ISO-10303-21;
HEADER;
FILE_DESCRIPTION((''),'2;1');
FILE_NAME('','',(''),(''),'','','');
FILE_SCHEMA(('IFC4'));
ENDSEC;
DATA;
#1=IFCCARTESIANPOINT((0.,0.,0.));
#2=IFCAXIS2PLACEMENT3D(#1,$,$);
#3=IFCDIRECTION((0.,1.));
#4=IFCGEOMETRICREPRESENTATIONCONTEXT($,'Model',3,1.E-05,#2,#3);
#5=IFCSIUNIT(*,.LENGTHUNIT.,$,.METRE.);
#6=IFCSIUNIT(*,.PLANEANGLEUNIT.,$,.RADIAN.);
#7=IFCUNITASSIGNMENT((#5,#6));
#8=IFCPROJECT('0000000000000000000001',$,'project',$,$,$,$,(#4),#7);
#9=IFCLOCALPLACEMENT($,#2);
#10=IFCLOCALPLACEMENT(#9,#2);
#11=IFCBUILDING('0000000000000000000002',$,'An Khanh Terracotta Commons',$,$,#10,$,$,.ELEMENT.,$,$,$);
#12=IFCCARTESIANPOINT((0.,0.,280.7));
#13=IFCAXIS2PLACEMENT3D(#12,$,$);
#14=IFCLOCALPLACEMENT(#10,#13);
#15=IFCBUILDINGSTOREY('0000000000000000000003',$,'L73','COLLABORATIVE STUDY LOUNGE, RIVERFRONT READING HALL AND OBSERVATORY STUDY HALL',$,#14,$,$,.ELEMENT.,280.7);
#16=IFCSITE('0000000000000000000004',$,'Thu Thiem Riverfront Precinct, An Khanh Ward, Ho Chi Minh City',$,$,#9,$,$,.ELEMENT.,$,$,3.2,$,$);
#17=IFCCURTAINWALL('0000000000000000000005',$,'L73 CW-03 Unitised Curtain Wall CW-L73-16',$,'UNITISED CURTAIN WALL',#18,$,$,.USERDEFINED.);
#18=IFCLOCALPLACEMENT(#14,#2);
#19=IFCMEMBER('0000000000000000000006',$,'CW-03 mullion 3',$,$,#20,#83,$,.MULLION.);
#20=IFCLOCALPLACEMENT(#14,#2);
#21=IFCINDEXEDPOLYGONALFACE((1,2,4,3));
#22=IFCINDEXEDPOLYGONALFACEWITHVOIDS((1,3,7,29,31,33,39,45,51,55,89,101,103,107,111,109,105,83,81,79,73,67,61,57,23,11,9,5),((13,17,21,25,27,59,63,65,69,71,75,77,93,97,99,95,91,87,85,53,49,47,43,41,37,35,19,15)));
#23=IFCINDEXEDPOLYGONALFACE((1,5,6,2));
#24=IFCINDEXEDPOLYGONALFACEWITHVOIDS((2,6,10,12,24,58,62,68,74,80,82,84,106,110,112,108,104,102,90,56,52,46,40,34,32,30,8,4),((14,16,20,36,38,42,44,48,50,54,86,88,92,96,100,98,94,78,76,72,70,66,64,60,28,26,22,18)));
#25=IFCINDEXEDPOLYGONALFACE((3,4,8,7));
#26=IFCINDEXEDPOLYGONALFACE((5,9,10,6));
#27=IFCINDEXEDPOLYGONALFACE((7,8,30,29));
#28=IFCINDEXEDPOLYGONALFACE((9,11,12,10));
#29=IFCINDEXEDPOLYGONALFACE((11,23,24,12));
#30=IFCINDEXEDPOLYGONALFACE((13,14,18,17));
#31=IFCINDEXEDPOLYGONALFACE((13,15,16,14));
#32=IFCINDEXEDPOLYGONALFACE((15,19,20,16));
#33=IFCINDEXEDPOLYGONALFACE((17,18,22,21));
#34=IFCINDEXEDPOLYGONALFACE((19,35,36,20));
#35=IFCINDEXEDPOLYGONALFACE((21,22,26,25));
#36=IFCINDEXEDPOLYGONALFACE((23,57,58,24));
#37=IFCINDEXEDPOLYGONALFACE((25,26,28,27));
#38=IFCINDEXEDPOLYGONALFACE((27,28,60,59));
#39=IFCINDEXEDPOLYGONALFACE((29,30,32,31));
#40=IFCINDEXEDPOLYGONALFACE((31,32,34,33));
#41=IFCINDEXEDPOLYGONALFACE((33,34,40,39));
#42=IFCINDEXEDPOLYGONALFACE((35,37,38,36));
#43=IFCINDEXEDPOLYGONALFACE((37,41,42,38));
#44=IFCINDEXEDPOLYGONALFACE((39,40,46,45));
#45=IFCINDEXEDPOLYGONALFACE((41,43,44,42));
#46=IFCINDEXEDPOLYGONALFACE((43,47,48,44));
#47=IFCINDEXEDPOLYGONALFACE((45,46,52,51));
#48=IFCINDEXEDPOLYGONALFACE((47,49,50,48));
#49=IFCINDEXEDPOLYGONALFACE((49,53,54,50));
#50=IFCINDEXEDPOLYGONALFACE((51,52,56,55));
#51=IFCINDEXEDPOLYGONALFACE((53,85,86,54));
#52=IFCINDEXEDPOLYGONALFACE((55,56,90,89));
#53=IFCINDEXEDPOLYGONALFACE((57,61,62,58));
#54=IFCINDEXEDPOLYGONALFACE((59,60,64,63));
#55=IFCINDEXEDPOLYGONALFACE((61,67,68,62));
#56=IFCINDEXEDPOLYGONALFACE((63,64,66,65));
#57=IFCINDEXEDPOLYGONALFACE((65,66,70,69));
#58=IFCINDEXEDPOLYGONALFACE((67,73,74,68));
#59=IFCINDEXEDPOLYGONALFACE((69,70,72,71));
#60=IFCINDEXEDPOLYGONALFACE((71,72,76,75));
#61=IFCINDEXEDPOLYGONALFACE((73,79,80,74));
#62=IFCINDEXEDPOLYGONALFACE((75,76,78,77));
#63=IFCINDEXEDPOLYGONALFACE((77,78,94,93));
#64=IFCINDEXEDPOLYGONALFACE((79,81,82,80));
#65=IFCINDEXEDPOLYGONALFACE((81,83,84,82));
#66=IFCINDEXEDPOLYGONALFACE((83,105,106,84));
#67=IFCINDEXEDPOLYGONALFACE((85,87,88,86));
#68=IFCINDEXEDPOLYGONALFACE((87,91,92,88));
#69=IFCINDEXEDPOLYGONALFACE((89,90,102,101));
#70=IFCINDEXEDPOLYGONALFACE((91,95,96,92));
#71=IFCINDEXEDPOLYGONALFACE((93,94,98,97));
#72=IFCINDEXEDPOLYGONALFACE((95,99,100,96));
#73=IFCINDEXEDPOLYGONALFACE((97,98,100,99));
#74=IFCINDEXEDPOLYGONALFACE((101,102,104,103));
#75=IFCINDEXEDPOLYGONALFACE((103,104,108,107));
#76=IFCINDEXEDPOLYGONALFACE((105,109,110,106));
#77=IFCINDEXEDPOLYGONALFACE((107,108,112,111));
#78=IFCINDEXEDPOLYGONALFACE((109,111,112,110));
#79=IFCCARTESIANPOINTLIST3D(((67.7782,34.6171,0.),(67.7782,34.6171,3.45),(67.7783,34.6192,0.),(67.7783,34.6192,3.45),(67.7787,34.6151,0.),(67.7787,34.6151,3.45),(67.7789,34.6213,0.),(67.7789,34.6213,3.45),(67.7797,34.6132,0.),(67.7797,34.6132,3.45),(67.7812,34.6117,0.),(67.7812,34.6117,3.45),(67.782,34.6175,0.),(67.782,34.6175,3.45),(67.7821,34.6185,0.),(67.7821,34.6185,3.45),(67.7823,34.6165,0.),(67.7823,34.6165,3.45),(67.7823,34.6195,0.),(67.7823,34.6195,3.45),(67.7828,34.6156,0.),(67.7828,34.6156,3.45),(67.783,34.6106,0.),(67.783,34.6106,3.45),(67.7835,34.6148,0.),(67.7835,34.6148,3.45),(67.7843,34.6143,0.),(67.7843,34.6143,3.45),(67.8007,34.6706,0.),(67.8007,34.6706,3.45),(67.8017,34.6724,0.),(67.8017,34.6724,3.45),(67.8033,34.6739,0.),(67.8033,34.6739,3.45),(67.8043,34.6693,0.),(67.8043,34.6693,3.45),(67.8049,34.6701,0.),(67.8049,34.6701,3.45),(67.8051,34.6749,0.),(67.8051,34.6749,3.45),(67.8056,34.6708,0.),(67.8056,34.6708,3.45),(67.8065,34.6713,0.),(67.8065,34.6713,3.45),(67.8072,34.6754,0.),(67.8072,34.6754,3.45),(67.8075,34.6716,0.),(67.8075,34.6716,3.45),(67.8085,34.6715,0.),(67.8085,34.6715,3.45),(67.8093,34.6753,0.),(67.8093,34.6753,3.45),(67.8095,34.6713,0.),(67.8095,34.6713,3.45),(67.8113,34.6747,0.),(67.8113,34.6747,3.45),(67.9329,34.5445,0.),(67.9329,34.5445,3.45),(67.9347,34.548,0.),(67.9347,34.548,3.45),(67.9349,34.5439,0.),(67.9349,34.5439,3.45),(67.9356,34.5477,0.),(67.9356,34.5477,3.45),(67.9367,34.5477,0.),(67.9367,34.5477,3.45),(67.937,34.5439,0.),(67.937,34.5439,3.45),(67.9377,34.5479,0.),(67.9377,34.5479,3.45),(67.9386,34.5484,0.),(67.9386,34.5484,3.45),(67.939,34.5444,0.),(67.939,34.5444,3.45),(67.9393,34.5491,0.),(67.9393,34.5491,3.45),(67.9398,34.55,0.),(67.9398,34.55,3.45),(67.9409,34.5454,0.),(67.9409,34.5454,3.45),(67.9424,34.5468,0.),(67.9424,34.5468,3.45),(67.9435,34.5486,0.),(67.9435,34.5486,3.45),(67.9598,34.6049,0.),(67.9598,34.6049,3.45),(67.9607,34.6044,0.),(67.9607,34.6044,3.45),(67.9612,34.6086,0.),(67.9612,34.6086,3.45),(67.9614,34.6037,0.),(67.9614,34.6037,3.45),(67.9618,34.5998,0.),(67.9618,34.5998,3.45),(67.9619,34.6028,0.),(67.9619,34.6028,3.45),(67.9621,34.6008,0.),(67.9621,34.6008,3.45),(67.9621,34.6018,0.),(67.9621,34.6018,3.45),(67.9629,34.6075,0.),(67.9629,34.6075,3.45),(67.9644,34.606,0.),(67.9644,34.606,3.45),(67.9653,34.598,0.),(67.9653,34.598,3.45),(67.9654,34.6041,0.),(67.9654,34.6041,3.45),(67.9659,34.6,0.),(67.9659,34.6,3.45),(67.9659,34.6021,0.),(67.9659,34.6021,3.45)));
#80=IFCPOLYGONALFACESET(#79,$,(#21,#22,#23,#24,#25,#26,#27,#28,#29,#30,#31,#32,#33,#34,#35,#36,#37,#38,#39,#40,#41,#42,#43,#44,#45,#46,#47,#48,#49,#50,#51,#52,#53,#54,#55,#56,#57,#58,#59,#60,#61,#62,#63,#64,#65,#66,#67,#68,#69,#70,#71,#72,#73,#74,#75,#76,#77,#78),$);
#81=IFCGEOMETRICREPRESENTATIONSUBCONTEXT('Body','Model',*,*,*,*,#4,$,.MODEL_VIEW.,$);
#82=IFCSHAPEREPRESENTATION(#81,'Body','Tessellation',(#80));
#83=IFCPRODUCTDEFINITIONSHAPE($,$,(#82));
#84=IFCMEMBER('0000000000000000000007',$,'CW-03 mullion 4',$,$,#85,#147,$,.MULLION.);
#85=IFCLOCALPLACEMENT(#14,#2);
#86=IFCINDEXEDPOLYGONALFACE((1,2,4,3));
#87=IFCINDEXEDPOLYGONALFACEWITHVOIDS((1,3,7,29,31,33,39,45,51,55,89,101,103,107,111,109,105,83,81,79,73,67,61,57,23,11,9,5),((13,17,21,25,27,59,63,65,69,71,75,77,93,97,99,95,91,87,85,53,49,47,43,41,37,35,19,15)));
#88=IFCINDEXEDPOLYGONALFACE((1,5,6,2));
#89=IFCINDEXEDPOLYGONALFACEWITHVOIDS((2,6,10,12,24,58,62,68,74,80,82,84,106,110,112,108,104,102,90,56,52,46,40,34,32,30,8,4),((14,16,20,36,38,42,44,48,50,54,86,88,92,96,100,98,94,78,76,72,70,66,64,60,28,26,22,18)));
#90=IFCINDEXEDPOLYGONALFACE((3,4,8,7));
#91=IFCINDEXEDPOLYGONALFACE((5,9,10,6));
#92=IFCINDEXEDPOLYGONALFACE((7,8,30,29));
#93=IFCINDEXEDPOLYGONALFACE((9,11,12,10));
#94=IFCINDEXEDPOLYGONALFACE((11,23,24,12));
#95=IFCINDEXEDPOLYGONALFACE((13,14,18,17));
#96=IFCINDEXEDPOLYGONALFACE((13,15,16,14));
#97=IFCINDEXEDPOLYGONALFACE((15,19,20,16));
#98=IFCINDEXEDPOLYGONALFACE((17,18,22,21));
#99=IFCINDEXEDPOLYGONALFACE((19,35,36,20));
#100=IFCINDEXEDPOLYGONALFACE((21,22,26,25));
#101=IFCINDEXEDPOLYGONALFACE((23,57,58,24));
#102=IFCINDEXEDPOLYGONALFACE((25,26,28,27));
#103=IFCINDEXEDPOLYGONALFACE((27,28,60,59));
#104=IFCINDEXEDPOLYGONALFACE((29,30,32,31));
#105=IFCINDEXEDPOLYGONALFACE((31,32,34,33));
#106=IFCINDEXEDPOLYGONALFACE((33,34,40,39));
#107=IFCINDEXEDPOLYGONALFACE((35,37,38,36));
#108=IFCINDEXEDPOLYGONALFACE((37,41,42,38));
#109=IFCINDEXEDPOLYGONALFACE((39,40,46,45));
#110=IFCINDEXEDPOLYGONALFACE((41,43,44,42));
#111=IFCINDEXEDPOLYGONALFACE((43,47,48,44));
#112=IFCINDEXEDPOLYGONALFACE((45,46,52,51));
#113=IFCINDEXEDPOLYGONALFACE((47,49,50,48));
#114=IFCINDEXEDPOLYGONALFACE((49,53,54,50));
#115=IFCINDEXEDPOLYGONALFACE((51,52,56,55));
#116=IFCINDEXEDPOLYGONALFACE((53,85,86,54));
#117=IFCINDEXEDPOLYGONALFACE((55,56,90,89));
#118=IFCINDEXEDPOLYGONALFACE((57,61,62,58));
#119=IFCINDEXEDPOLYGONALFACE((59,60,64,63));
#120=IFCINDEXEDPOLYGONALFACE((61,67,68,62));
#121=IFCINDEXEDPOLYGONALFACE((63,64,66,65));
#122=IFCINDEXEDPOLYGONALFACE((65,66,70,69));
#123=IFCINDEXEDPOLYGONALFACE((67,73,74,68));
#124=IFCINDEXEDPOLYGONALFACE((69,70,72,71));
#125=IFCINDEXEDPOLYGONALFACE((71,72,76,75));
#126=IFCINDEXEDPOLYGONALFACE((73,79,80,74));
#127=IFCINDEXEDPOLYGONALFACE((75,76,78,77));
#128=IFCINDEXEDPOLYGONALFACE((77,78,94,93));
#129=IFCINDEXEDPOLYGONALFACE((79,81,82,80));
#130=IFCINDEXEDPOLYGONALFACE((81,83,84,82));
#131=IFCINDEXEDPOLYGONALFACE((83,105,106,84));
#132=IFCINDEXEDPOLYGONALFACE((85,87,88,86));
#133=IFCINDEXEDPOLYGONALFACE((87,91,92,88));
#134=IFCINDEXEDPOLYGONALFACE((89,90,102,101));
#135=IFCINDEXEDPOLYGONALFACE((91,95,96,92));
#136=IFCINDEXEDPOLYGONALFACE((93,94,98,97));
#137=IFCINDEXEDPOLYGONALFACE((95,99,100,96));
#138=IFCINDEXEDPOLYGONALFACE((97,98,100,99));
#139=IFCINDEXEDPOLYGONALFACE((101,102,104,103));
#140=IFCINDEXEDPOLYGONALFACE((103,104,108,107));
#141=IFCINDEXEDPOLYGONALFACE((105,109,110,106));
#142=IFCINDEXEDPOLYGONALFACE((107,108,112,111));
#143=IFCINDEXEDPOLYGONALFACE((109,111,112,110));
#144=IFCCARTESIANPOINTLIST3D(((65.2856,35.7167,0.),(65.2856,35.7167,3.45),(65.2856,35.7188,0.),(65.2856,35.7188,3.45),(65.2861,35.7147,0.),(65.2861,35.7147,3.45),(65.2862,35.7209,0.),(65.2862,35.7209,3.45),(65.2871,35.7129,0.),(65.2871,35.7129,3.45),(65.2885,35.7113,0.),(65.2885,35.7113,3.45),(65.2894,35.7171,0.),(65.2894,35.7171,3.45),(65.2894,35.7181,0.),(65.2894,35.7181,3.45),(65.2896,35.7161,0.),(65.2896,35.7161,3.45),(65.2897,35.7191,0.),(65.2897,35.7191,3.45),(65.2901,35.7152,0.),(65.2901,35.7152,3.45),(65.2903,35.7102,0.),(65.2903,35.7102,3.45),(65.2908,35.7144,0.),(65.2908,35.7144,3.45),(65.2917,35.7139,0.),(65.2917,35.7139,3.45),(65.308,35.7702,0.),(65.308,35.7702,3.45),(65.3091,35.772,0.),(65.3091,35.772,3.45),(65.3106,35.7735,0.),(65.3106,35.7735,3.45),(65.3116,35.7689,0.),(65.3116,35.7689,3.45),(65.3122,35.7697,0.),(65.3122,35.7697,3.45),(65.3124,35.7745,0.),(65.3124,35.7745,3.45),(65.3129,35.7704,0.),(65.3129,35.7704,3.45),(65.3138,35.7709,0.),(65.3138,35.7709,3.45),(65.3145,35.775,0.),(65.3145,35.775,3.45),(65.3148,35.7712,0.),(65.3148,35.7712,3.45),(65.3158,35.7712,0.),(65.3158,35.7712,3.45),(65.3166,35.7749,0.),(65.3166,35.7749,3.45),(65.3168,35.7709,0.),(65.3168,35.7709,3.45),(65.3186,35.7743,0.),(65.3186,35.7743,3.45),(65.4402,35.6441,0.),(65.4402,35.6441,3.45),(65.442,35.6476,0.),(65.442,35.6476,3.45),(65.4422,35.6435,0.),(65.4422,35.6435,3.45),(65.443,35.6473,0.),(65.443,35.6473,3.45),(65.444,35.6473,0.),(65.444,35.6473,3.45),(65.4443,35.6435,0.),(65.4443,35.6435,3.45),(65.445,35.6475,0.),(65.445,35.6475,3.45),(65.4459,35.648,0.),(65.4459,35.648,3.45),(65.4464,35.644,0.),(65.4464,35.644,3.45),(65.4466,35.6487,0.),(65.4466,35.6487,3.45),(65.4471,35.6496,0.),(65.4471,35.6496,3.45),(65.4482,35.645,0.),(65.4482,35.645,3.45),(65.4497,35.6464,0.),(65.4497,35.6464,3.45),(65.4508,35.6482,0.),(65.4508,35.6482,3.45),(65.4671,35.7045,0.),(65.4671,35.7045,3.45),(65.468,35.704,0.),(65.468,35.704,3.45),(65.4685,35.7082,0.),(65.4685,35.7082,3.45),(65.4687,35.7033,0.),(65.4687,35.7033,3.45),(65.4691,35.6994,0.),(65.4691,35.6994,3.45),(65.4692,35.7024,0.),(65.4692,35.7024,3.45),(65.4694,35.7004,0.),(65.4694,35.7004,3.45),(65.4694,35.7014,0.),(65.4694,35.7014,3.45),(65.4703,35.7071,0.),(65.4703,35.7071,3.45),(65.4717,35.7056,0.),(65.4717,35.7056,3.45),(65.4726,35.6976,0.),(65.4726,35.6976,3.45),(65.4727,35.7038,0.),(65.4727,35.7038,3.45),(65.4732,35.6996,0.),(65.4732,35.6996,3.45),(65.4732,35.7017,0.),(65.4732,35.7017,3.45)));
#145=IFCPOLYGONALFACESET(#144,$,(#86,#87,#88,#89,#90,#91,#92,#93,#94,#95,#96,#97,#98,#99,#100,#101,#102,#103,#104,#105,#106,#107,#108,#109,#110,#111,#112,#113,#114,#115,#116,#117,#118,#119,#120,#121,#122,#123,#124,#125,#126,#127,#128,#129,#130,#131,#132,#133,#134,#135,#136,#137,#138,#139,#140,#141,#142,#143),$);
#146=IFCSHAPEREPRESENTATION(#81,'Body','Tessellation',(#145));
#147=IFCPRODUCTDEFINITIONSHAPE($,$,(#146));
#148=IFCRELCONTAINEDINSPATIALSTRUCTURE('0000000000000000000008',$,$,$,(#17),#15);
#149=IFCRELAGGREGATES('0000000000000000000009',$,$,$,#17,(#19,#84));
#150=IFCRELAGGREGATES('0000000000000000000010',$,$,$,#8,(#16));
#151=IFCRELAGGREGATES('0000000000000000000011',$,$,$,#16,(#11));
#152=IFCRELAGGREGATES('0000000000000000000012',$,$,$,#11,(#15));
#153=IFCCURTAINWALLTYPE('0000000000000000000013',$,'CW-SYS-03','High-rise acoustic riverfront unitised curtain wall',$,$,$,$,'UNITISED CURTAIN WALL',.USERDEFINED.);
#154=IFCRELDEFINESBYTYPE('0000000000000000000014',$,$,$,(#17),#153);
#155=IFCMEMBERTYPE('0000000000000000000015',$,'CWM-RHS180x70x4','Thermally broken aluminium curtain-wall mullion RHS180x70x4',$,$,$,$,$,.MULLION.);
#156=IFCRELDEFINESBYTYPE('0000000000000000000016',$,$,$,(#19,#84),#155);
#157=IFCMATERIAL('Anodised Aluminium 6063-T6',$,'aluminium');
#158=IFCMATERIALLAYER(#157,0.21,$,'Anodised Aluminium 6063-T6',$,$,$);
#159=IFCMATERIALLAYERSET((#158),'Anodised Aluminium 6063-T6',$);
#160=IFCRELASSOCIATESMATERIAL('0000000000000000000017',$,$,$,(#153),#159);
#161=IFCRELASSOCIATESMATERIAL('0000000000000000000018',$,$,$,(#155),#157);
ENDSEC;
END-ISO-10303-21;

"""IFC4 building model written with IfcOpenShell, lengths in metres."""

from ifc_helpers import new_model, si_unit, direction, frame, origin, origin_2d, place, context, subcontext, project, spatial, hollow_rectangle, extrude, material, layer, layer_set, material_profile, profile_set, type_object, element, aggregate, save


model = new_model("IFC4")

# Units and contexts
model_context = context("Model", 3, precision=1e-05, world=origin(), true_north=direction((0.0, 1.0)))
body_context = subcontext(model_context, "Body", "Model", "MODEL_VIEW")
ifc_project = project(units=[si_unit("LENGTHUNIT", "METRE"), si_unit("PLANEANGLEUNIT", "RADIAN")], contexts=[model_context])

# Site, building, storey
site_placement = place(None, origin())
site = spatial("IfcSite", under=ifc_project, at=site_placement, Name="Thu Thiem Riverfront Precinct, An Khanh Ward, Ho Chi Minh City", CompositionType="ELEMENT", RefElevation=3.2)
building_placement = place(site_placement, origin())
building = spatial("IfcBuilding", under=site, at=building_placement, Name="An Khanh Terracotta Commons", CompositionType="ELEMENT")
storey_placement = place(building_placement, frame((0.0, 0.0, 280.7)))
storey = spatial("IfcBuildingStorey", under=building, at=storey_placement, Name="L73", Description="COLLABORATIVE STUDY LOUNGE, RIVERFRONT READING HALL AND OBSERVATORY STUDY HALL", CompositionType="ELEMENT", Elevation=280.7)

# Curtain wall, members
ifc_material_1 = material(Name="Anodised Aluminium 6063-T6", Category="aluminium")
ifc_layer_1 = layer(ifc_material_1, 0.21, Name="Anodised Aluminium 6063-T6")
ifc_layer_set_1 = layer_set([ifc_layer_1], Name="Anodised Aluminium 6063-T6")
curtain_wall_type = type_object("IfcCurtainWallType", Name="CW-SYS-03", Description="High-rise acoustic riverfront unitised curtain wall", ElementType="UNITISED CURTAIN WALL", PredefinedType="USERDEFINED", material=ifc_layer_set_1)
ifc_material_profile_1 = material_profile(ifc_material_1, hollow_rectangle(XDim=0.0701, YDim=0.1799, WallThickness=0.0039, InnerFilletRadius=0.0039, OuterFilletRadius=0.0081, at=origin_2d()), Name="RHS180x70x4")
ifc_profile_set_1 = profile_set([ifc_material_profile_1], Name="Anodised Aluminium 6063-T6")
member_type_1 = type_object("IfcMemberType", Name="CWM-RHS180x70x4", Description="Thermally broken aluminium curtain-wall mullion RHS180x70x4", PredefinedType="MULLION", material=ifc_profile_set_1)
curtain_wall_1_placement = place(storey_placement, origin())
curtain_wall_1 = element("IfcCurtainWall", 1, at=curtain_wall_1_placement, inside=storey, type_object=curtain_wall_type, Name="L73 CW-03 Unitised Curtain Wall CW-L73-16", ObjectType="UNITISED CURTAIN WALL", PredefinedType="USERDEFINED")
member_1_placement = place(storey_placement, frame((67.8721, 34.6096, 0.0), z_axis=(0.0, 0.0, 1.0), x_axis=(-0.403676, -0.914902, 0.0)))
member_1 = element("IfcMember", 2, at=member_1_placement, type_object=member_type_1, Name="CW-03 mullion 3", PredefinedType="MULLION", context=body_context, shape_type="SweptSolid", body=[
    extrude(hollow_rectangle(XDim=0.0701, YDim=0.1799, WallThickness=0.0039, InnerFilletRadius=0.0039, OuterFilletRadius=0.0081, at=origin_2d()), origin(), (0.0, 0.0, 1.0), 3.45),
])
member_2_placement = place(storey_placement, frame((65.3794, 35.7092, 0.0), z_axis=(0.0, 0.0, 1.0), x_axis=(-0.403676, -0.914902, 0.0)))
member_2 = element("IfcMember", 3, at=member_2_placement, type_object=member_type_1, Name="CW-03 mullion 4", PredefinedType="MULLION", context=body_context, shape_type="SweptSolid", body=[
    extrude(hollow_rectangle(XDim=0.0701, YDim=0.1799, WallThickness=0.0039, InnerFilletRadius=0.0039, OuterFilletRadius=0.0081, at=origin_2d()), origin(), (0.0, 0.0, 1.0), 3.45),
])

aggregate(curtain_wall_1, [member_1, member_2])

save(model, "model.ifc")
